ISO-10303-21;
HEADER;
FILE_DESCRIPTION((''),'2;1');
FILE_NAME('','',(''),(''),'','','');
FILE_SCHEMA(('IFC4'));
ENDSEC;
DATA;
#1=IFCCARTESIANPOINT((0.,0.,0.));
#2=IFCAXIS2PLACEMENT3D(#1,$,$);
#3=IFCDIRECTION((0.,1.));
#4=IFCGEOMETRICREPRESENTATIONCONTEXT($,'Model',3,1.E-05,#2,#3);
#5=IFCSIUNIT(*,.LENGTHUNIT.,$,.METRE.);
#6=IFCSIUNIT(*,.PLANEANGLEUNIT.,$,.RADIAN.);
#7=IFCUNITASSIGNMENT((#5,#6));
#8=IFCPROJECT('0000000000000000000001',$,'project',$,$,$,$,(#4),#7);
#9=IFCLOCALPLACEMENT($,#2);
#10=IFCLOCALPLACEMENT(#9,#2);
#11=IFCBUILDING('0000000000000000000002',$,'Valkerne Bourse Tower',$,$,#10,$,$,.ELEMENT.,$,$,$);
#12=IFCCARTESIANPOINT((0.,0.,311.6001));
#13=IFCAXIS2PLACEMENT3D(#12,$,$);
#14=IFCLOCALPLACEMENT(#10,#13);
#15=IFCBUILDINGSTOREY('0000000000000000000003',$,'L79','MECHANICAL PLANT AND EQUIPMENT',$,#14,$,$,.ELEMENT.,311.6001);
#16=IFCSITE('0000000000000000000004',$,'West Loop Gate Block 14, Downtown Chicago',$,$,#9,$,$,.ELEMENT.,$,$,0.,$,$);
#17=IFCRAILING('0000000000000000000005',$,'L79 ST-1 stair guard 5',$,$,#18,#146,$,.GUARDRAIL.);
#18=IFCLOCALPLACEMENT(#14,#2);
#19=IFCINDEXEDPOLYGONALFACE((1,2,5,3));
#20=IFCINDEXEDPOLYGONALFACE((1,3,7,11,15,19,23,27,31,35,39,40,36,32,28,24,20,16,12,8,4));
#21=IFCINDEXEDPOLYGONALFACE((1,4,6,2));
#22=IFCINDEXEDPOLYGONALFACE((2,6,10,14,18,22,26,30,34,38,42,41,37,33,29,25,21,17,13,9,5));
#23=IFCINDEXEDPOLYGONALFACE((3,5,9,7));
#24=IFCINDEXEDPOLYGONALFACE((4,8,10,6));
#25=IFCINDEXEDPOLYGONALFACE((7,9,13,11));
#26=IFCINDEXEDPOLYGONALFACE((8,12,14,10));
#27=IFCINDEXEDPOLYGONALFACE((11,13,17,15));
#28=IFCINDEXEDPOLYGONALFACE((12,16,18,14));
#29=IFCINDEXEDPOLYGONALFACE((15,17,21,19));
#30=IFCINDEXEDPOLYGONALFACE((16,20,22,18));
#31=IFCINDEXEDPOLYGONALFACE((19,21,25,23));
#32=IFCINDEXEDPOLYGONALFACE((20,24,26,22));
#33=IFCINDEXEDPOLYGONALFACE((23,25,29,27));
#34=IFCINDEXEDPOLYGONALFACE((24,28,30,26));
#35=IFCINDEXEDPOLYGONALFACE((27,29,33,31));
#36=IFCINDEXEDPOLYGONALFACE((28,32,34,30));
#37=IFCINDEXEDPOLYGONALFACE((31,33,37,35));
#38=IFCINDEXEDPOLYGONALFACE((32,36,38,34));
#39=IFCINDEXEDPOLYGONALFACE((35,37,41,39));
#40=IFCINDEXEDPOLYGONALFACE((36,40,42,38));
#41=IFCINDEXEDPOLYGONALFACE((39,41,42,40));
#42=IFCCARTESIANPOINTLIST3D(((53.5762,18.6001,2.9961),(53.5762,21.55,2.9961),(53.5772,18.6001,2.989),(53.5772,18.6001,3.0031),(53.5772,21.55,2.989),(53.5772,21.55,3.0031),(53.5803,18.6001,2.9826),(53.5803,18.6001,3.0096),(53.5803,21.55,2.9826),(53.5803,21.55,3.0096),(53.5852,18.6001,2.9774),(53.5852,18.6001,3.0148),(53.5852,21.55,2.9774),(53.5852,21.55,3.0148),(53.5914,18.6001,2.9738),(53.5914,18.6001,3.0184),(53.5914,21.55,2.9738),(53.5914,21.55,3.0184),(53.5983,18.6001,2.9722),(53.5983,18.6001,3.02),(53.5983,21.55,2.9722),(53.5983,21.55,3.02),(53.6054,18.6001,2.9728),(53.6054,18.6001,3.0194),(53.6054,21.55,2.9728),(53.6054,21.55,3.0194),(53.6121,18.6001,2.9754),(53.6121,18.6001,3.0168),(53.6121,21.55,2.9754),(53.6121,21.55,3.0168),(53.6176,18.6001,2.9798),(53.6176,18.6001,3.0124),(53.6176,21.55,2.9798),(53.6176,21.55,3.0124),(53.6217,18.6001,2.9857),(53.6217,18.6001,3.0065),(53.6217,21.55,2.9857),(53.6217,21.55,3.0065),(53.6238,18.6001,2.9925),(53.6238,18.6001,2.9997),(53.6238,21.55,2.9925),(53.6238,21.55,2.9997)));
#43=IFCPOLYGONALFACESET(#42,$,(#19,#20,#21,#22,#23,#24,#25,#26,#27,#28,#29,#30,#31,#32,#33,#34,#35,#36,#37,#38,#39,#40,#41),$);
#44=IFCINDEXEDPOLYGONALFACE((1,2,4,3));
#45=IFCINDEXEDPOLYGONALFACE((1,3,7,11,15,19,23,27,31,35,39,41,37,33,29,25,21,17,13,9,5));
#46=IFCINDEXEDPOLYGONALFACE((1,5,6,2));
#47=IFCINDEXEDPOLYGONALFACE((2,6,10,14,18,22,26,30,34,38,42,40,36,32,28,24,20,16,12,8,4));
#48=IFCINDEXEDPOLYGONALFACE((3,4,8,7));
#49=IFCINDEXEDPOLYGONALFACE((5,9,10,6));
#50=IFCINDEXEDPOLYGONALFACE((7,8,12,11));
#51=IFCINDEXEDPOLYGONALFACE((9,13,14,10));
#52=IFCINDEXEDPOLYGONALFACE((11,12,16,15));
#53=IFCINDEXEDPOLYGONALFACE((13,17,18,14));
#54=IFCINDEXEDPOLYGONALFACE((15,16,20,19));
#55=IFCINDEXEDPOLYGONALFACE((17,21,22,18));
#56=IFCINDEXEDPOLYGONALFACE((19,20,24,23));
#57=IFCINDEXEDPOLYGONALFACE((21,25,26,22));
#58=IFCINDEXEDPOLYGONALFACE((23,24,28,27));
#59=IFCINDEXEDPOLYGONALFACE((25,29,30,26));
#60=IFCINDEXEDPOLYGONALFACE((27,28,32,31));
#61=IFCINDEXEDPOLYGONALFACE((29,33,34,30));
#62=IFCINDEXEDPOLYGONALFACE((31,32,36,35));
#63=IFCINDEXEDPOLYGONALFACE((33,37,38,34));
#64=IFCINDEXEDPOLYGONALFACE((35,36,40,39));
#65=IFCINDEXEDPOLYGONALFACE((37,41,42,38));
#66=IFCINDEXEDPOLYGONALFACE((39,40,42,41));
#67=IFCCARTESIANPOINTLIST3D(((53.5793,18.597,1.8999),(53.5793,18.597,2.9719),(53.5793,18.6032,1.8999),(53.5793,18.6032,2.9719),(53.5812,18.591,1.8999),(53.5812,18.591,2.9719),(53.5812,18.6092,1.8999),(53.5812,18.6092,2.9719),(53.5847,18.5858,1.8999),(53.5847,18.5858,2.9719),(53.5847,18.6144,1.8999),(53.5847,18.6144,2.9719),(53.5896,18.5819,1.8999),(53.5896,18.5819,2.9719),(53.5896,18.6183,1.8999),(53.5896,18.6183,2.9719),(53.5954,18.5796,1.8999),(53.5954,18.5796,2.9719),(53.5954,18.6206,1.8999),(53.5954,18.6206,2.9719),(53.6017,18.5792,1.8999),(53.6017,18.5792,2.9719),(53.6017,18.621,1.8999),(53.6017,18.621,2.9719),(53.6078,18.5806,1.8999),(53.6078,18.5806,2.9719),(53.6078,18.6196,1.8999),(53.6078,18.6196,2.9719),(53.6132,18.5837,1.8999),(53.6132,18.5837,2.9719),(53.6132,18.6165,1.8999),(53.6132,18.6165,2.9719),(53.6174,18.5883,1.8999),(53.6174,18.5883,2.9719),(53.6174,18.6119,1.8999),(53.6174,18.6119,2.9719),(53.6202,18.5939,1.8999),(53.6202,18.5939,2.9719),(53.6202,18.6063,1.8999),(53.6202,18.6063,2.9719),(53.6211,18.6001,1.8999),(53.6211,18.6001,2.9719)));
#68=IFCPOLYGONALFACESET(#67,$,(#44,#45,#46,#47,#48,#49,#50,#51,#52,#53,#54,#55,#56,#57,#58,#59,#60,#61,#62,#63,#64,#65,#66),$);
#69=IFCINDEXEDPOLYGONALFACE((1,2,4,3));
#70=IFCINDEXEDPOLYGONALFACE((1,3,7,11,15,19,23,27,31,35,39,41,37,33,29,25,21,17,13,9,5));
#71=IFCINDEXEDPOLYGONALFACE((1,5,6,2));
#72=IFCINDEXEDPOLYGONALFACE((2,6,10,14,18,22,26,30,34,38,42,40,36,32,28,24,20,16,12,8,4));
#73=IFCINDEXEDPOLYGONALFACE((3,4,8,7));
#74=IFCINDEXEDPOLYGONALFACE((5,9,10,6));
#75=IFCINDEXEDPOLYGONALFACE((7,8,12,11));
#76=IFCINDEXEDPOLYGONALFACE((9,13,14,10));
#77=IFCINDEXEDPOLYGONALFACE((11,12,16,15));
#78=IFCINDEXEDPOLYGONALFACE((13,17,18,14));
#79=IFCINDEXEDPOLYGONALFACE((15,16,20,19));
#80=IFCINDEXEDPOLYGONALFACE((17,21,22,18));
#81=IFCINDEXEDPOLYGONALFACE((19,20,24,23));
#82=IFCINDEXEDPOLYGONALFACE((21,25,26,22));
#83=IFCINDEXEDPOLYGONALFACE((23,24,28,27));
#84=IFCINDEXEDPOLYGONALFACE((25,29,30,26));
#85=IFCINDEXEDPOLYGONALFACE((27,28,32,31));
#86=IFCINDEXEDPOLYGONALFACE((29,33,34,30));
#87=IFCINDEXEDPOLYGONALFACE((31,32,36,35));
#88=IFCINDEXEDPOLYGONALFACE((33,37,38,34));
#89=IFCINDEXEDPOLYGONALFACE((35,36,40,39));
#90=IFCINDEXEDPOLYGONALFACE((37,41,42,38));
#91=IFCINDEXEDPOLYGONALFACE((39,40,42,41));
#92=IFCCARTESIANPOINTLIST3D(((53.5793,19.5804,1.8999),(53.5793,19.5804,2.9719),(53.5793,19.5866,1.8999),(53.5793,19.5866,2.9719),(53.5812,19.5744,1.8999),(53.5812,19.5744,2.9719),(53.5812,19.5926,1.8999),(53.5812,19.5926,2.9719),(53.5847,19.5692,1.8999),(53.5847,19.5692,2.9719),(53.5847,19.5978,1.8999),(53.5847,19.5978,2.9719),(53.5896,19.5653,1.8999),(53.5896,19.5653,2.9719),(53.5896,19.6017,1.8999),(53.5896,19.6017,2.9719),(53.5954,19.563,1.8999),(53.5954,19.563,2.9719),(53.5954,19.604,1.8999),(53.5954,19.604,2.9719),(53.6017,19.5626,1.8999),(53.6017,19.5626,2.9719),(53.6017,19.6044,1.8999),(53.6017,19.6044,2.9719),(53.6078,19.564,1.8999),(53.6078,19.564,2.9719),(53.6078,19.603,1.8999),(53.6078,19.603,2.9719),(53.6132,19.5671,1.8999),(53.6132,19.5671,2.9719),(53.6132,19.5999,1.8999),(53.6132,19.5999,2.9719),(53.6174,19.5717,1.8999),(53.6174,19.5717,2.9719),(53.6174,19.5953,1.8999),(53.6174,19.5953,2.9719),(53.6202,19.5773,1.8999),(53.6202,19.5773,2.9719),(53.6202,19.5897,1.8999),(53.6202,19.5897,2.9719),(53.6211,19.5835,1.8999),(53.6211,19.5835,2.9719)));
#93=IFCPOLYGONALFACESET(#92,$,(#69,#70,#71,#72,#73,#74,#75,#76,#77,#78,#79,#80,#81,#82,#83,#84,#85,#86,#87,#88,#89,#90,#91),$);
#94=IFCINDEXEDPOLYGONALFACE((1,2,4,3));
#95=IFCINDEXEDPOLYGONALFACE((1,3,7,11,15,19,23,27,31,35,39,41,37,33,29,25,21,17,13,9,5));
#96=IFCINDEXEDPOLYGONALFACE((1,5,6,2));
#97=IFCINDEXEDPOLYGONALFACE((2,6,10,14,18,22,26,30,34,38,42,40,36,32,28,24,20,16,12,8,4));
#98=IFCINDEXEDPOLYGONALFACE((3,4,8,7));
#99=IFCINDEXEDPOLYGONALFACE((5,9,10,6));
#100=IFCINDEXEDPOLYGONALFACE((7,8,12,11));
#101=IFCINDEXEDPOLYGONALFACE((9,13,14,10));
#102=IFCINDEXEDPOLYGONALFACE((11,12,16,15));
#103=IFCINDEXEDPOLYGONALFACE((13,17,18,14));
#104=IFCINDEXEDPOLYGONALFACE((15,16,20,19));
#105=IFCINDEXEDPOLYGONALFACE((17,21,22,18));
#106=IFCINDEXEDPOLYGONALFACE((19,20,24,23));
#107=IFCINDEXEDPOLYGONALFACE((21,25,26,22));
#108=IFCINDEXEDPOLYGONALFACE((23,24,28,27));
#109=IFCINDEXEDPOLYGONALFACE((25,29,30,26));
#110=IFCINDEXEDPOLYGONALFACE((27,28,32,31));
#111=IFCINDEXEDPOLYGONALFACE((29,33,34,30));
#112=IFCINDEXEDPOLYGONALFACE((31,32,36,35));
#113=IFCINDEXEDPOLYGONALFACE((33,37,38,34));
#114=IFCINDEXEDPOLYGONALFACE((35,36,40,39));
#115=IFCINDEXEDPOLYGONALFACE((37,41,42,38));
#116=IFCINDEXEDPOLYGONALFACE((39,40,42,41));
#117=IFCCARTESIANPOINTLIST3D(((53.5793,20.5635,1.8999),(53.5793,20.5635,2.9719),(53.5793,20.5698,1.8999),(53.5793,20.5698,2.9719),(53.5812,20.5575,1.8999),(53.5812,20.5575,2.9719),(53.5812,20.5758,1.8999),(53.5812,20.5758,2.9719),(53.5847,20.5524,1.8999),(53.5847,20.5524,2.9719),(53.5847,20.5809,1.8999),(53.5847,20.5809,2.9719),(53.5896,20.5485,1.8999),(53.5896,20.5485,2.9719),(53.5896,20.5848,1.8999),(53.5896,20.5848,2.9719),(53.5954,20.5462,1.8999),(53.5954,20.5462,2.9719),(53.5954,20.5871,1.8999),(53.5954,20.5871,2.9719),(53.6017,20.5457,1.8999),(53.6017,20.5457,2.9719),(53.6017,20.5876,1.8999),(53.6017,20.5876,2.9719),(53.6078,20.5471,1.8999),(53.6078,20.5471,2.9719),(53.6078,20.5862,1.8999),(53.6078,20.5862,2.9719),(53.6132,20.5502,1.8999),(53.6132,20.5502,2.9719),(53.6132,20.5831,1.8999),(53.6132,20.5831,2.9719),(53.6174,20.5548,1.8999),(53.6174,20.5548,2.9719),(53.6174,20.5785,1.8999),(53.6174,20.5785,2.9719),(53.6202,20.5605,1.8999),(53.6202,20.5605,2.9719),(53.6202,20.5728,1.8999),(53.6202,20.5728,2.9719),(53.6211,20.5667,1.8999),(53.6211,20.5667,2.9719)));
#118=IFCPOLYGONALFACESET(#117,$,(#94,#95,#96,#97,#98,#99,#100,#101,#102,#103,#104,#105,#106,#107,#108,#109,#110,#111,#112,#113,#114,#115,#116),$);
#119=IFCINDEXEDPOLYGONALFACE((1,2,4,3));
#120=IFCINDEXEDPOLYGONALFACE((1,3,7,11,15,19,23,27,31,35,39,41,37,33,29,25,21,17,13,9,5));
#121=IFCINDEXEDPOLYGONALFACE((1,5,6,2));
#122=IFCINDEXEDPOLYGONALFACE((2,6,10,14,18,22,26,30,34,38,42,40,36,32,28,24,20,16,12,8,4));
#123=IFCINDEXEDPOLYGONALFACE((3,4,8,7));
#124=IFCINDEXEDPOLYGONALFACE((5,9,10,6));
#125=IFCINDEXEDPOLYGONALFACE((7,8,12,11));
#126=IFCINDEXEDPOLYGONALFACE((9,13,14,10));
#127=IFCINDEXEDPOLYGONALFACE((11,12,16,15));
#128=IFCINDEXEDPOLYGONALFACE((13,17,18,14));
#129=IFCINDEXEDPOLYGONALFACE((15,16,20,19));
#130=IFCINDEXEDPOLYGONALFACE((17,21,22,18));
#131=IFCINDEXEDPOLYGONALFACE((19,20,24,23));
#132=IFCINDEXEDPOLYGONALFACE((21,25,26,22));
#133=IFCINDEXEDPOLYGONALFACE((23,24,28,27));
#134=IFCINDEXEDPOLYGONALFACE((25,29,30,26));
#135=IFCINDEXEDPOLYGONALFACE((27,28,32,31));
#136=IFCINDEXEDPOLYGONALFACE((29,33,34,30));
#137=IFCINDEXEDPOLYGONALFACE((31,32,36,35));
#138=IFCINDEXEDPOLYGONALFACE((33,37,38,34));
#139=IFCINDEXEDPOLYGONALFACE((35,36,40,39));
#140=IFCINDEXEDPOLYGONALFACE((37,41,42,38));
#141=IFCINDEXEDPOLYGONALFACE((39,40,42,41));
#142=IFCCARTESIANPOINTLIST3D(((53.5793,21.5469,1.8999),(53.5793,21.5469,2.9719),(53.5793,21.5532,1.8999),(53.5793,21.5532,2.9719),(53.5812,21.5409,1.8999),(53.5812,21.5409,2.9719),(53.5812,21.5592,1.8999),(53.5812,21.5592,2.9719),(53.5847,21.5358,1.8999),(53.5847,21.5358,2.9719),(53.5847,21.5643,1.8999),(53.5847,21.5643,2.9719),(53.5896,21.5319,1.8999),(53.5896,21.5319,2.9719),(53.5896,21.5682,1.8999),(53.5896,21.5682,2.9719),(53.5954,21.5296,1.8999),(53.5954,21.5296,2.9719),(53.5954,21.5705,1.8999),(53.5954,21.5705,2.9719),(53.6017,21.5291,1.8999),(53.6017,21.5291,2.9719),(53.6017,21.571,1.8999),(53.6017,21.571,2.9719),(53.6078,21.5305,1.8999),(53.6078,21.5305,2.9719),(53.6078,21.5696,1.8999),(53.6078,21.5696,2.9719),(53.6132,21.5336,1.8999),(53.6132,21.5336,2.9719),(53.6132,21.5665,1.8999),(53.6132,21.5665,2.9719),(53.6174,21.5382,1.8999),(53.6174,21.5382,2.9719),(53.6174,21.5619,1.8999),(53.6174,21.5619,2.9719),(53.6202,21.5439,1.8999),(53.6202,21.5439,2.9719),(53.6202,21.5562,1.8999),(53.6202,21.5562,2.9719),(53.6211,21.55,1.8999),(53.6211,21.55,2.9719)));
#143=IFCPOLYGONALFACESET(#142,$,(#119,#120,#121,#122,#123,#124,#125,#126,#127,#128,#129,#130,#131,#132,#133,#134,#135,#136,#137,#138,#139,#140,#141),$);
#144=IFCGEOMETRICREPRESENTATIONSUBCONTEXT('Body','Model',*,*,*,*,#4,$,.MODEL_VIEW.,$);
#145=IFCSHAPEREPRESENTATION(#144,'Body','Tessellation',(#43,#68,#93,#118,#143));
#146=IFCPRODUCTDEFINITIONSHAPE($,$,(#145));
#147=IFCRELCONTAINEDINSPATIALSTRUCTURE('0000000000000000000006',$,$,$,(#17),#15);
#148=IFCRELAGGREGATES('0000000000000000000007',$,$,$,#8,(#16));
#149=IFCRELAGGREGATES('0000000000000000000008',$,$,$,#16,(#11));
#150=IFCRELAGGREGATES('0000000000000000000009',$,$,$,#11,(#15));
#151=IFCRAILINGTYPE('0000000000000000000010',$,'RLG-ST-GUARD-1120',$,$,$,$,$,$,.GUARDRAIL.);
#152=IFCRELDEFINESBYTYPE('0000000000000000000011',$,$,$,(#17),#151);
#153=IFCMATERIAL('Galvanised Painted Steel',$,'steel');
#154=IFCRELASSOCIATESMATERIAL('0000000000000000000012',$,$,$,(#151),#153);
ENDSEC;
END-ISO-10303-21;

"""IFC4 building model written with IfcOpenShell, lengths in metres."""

from ifc_helpers import new_model, si_unit, direction, frame, origin, origin_2d, place, context, subcontext, project, spatial, circle, extrude, material, type_object, element, save


model = new_model("IFC4")

# Units and contexts
model_context = context("Model", 3, precision=1e-05, world=origin(), true_north=direction((0.0, 1.0)))
body_context = subcontext(model_context, "Body", "Model", "MODEL_VIEW")
ifc_project = project(units=[si_unit("LENGTHUNIT", "METRE"), si_unit("PLANEANGLEUNIT", "RADIAN")], contexts=[model_context])

# Site, building, storey
site_placement = place(None, origin())
site = spatial("IfcSite", under=ifc_project, at=site_placement, Name="West Loop Gate Block 14, Downtown Chicago", CompositionType="ELEMENT", RefElevation=0.0)
building_placement = place(site_placement, origin())
building = spatial("IfcBuilding", under=site, at=building_placement, Name="Valkerne Bourse Tower", CompositionType="ELEMENT")
storey_placement = place(building_placement, frame((0.0, 0.0, 311.6001)))
storey = spatial("IfcBuildingStorey", under=building, at=storey_placement, Name="L79", Description="MECHANICAL PLANT AND EQUIPMENT", CompositionType="ELEMENT", Elevation=311.6001)

# Shared definitions
ifc_material_1 = material(Name="Galvanised Painted Steel", Category="steel")

# Railing
railing_type_1 = type_object("IfcRailingType", Name="RLG-ST-GUARD-1120", PredefinedType="GUARDRAIL", material=ifc_material_1)
railing_1_placement = place(storey_placement, frame((53.6001, 18.6001, 1.8999)))
element("IfcRailing", 1, at=railing_1_placement, inside=storey, type_object=railing_type_1, Name="L79 ST-1 stair guard 5", PredefinedType="GUARDRAIL", context=body_context, shape_type="SweptSolid", body=[
    extrude(circle(Radius=0.0239, at=origin_2d()), frame((0.0, 0.0, 1.0962), z_axis=(0.0, 1.0, 0.0), x_axis=(-1.0, 0.0, 0.0)), (0.0, 0.0, 1.0), 2.95),
    extrude(circle(Radius=0.021, at=origin_2d()), origin(), (0.0, 0.0, 1.0), 1.072),
    extrude(circle(Radius=0.021, at=origin_2d()), frame((0.0, 0.9834, 0.0)), (0.0, 0.0, 1.0), 1.072),
    extrude(circle(Radius=0.021, at=origin_2d()), frame((0.0, 1.9666, 0.0)), (0.0, 0.0, 1.0), 1.072),
    extrude(circle(Radius=0.021, at=origin_2d()), frame((0.0, 2.95, 0.0)), (0.0, 0.0, 1.0), 1.072),
])

save(model, "model.ifc")
